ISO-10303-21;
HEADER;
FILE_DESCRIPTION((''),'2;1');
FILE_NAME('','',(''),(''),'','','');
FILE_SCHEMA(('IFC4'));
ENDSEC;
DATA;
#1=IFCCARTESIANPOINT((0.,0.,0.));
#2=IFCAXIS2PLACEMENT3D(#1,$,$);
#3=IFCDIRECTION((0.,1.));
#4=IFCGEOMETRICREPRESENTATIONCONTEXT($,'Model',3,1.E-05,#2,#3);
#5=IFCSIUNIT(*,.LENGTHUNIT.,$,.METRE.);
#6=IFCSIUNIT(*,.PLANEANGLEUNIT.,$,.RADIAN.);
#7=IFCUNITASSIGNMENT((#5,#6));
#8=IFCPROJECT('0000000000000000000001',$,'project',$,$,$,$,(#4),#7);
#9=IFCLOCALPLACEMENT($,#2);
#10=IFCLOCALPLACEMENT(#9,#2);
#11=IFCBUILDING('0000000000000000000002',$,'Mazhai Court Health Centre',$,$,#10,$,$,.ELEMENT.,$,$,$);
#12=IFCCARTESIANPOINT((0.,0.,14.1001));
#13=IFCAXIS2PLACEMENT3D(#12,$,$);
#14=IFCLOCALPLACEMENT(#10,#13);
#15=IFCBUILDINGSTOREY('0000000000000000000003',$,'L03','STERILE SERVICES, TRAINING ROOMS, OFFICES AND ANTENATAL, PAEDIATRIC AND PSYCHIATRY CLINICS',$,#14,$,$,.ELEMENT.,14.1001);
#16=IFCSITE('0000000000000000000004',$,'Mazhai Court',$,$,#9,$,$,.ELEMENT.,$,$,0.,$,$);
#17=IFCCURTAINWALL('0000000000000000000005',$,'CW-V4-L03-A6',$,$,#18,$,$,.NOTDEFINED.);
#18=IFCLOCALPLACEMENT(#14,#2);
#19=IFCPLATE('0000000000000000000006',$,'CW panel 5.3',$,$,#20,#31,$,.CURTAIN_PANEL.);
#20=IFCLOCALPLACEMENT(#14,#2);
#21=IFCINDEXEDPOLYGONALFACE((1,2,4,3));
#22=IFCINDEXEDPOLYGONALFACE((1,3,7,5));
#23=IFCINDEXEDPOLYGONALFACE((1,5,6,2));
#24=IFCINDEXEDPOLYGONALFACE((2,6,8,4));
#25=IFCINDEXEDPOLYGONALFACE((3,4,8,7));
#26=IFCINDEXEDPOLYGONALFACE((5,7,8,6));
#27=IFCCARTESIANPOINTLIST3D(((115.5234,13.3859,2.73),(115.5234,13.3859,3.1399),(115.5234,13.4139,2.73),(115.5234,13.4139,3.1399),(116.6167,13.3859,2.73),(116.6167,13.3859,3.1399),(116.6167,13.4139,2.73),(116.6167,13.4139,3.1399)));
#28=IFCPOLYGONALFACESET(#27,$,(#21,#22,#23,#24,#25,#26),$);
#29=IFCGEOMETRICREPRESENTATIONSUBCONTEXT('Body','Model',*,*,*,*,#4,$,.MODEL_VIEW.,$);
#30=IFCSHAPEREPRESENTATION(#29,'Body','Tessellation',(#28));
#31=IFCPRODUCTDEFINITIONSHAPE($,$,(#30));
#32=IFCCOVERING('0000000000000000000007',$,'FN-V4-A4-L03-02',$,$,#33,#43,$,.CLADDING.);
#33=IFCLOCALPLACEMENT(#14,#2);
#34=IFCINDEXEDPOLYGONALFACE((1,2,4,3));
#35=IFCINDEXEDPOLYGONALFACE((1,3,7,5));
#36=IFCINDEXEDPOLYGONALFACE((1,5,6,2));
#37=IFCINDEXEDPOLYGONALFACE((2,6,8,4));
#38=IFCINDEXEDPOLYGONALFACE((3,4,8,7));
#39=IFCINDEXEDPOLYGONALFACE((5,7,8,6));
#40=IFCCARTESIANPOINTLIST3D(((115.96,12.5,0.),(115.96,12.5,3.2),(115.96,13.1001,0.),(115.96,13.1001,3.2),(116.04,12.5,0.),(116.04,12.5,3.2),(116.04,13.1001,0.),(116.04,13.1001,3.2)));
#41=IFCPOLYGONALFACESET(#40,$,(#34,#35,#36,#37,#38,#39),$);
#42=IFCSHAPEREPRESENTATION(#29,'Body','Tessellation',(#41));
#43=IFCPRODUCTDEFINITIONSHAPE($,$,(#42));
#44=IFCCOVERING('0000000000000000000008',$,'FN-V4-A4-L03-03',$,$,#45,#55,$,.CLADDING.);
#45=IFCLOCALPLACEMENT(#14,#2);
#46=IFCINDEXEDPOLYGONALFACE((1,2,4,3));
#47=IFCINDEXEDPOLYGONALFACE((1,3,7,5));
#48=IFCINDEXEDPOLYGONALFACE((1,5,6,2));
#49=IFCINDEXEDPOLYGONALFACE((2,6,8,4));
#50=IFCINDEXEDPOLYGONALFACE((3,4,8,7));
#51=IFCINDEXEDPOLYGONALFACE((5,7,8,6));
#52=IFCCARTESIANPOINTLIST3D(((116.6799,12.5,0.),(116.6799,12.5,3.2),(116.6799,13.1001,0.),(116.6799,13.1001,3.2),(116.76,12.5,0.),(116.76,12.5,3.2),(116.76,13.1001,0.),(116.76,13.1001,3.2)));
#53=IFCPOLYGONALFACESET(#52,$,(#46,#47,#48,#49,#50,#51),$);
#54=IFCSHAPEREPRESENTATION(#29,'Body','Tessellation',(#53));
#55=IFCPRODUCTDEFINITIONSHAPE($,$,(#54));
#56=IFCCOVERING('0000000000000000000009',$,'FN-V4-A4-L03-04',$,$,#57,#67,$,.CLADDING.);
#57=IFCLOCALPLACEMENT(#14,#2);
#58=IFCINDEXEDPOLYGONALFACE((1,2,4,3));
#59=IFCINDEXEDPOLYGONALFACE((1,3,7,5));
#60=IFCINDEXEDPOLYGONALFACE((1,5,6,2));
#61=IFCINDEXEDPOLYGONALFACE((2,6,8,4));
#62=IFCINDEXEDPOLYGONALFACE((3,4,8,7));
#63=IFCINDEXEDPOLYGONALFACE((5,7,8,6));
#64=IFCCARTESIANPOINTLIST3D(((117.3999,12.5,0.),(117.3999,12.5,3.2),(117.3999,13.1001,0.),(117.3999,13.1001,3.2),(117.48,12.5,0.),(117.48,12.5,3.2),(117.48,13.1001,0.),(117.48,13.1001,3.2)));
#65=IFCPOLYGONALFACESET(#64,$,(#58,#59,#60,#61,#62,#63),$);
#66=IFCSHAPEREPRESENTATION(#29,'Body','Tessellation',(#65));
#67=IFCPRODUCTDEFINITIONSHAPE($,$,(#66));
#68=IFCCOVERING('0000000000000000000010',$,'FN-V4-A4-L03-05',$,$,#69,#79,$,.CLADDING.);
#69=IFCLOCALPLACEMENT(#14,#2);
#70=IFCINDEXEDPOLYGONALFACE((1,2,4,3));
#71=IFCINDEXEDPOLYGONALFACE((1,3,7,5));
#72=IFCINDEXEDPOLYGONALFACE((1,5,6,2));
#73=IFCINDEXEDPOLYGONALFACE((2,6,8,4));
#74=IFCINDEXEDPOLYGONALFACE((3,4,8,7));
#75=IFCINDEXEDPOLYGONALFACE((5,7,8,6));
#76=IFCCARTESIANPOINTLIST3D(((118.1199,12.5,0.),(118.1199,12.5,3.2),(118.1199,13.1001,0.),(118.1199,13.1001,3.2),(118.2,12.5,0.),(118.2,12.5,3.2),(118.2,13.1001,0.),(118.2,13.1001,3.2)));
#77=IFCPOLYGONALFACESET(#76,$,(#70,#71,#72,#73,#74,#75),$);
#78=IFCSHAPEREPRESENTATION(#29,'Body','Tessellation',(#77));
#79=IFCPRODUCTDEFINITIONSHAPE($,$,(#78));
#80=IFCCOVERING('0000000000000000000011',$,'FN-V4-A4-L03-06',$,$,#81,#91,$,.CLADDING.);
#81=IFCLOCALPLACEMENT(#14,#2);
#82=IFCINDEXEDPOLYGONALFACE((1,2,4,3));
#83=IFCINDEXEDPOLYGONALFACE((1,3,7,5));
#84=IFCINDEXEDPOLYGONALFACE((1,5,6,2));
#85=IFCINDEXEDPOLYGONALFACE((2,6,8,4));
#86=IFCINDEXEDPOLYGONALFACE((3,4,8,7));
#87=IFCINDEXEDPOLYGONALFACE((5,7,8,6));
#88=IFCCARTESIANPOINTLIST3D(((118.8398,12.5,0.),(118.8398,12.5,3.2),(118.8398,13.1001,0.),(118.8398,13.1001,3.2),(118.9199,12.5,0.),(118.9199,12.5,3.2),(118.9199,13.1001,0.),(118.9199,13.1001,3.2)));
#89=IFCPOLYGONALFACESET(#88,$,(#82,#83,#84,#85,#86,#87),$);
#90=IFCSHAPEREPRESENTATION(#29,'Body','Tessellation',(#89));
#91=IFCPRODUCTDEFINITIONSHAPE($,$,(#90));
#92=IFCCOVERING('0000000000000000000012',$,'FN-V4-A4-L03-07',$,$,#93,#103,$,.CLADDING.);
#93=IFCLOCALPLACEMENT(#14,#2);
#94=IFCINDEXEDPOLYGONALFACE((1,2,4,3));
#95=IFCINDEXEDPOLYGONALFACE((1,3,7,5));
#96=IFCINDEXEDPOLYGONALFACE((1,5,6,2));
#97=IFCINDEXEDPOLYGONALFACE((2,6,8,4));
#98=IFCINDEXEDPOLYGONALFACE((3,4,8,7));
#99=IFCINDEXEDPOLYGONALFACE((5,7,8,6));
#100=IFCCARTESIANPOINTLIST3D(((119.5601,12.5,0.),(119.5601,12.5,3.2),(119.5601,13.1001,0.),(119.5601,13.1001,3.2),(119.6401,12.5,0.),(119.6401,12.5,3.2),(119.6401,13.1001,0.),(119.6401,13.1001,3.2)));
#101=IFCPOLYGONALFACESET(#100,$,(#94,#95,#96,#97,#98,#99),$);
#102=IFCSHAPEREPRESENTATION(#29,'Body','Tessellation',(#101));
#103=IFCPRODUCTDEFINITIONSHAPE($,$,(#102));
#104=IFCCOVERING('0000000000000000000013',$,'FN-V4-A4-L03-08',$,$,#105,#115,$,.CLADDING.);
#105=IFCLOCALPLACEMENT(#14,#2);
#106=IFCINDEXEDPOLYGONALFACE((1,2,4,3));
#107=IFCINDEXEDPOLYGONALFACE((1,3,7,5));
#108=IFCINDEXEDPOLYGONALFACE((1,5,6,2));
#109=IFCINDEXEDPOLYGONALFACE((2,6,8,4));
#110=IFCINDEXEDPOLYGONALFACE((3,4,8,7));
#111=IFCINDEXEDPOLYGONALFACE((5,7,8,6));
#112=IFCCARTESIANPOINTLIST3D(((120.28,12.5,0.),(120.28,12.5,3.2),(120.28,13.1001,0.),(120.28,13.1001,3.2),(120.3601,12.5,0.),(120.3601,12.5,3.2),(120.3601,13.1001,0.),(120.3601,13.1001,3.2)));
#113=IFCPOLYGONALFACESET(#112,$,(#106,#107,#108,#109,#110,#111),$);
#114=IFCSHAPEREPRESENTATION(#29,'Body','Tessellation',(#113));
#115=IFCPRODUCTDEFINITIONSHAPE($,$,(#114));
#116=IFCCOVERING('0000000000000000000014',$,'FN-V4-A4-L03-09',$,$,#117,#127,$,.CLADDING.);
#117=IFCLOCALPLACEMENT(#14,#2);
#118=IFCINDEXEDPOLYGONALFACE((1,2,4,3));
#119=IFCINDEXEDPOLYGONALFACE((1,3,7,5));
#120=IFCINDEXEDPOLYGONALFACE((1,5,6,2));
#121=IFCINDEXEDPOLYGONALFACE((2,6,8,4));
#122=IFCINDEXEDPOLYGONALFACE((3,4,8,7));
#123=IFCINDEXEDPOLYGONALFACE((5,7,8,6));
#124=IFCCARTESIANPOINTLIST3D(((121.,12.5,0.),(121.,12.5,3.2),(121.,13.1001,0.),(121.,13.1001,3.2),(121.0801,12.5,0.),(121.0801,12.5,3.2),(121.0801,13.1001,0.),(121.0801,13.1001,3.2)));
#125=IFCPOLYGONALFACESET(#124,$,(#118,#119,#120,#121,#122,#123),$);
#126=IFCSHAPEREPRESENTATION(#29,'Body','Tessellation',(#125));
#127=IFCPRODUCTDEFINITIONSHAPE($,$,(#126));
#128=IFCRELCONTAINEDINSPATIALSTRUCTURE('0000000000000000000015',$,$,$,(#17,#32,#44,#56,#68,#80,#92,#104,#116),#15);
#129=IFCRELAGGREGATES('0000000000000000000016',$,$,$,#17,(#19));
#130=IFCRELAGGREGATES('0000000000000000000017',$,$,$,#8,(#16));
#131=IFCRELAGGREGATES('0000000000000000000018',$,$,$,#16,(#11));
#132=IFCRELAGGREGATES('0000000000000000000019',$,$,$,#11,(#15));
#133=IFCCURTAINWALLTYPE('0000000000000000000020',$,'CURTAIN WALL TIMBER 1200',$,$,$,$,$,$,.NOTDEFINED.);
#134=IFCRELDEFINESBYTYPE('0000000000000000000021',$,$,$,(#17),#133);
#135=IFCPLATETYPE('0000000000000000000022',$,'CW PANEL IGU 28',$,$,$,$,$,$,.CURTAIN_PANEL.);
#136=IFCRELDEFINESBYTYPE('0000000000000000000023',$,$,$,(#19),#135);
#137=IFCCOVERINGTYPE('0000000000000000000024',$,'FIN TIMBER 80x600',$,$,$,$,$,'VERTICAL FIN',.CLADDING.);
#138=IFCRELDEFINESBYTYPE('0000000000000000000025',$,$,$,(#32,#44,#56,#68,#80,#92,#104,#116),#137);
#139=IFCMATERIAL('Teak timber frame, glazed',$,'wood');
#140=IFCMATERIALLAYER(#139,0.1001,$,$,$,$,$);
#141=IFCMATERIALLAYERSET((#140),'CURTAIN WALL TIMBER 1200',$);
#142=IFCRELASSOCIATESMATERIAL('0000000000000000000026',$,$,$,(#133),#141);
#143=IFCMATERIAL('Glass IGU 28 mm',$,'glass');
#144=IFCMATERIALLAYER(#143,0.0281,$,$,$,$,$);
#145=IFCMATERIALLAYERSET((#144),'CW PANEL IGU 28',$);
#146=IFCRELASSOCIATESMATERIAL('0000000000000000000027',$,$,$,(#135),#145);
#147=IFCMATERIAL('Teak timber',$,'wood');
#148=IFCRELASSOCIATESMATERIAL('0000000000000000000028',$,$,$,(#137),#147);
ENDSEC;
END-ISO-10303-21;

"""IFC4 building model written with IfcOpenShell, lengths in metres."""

from ifc_helpers import new_model, si_unit, direction, frame, origin, origin_2d, place, context, subcontext, project, spatial, rectangle, extrude, material, layer, layer_set, type_object, element, aggregate, save


model = new_model("IFC4")

# Units and contexts
model_context = context("Model", 3, precision=1e-05, world=origin(), true_north=direction((0.0, 1.0)))
body_context = subcontext(model_context, "Body", "Model", "MODEL_VIEW")
ifc_project = project(units=[si_unit("LENGTHUNIT", "METRE"), si_unit("PLANEANGLEUNIT", "RADIAN")], contexts=[model_context])

# Site, building, storey
site_placement = place(None, origin())
site = spatial("IfcSite", under=ifc_project, at=site_placement, Name="Mazhai Court", CompositionType="ELEMENT", RefElevation=0.0)
building_placement = place(site_placement, origin())
building = spatial("IfcBuilding", under=site, at=building_placement, Name="Mazhai Court Health Centre", CompositionType="ELEMENT")
storey_placement = place(building_placement, frame((0.0, 0.0, 14.1001)))
storey = spatial("IfcBuildingStorey", under=building, at=storey_placement, Name="L03", Description="STERILE SERVICES, TRAINING ROOMS, OFFICES AND ANTENATAL, PAEDIATRIC AND PSYCHIATRY CLINICS", CompositionType="ELEMENT", Elevation=14.1001)

# Curtain wall
ifc_material_1 = material(Name="Teak timber frame, glazed", Category="wood")
ifc_layer_1 = layer(ifc_material_1, 0.1001)
ifc_layer_set_1 = layer_set([ifc_layer_1], Name="CURTAIN WALL TIMBER 1200")
curtain_wall_type = type_object("IfcCurtainWallType", Name="CURTAIN WALL TIMBER 1200", PredefinedType="NOTDEFINED", material=ifc_layer_set_1)
curtain_wall_placement = place(storey_placement, origin())
curtain_wall = element("IfcCurtainWall", 1, at=curtain_wall_placement, inside=storey, type_object=curtain_wall_type, Name="CW-V4-L03-A6", PredefinedType="NOTDEFINED")

# Plate
ifc_material_2 = material(Name="Glass IGU 28 mm", Category="glass")
ifc_layer_2 = layer(ifc_material_2, 0.0281)
ifc_layer_set_2 = layer_set([ifc_layer_2], Name="CW PANEL IGU 28")
plate_type = type_object("IfcPlateType", Name="CW PANEL IGU 28", PredefinedType="CURTAIN_PANEL", material=ifc_layer_set_2)
plate_1_placement = place(storey_placement, frame((116.0701, 13.3999, 2.73), z_axis=(0.0, 0.0, 1.0), x_axis=(-1.0, 0.0, 0.0)))
plate_1 = element("IfcPlate", 2, at=plate_1_placement, type_object=plate_type, Name="CW panel 5.3", PredefinedType="CURTAIN_PANEL", context=body_context, shape_type="SweptSolid", body=[
    extrude(rectangle(XDim=1.0933, YDim=0.0281, at=origin_2d()), origin(), (0.0, 0.0, 1.0), 0.4099),
])
aggregate(curtain_wall, [plate_1])

# Coverings
ifc_material_3 = material(Name="Teak timber", Category="wood")
covering_type = type_object("IfcCoveringType", Name="FIN TIMBER 80x600", ElementType="VERTICAL FIN", PredefinedType="CLADDING", material=ifc_material_3)
for number, where, z_axis, x_axis, name in (
    (3, (116.0, 12.8, 0.0), (0.0, 0.0, 1.0), (1.0, 0.0, 0.0), "FN-V4-A4-L03-02"),
    (4, (116.72, 12.8, 0.0), (0.0, 0.0, 1.0), (1.0, 0.0, 0.0), "FN-V4-A4-L03-03"),
    (5, (117.4399, 12.8, 0.0), (0.0, 0.0, 1.0), (1.0, 0.0, 0.0), "FN-V4-A4-L03-04"),
    (6, (118.1599, 12.8, 0.0), (0.0, 0.0, 1.0), (1.0, 0.0, 0.0), "FN-V4-A4-L03-05"),
    (7, (118.8799, 12.8, 0.0), (0.0, 0.0, 1.0), (1.0, 0.0, 0.0), "FN-V4-A4-L03-06"),
    (8, (119.6001, 12.8, 0.0), (0.0, 0.0, 1.0), (1.0, 0.0, 0.0), "FN-V4-A4-L03-07"),
    (9, (120.3201, 12.8, 0.0), (0.0, 0.0, 1.0), (1.0, 0.0, 0.0), "FN-V4-A4-L03-08"),
    (10, (121.04, 12.8, 0.0), (0.0, 0.0, 1.0), (1.0, 0.0, 0.0), "FN-V4-A4-L03-09"),
):
    element("IfcCovering", number, at=place(storey_placement, frame(where, z_axis=z_axis, x_axis=x_axis)), inside=storey, type_object=covering_type, Name=name, PredefinedType="CLADDING", context=body_context, shape_type="SweptSolid", body=[
        extrude(rectangle(XDim=0.0801, YDim=0.6001, at=origin_2d()), origin(), (0.0, 0.0, 1.0), 3.2),
    ])

save(model, "model.ifc")
